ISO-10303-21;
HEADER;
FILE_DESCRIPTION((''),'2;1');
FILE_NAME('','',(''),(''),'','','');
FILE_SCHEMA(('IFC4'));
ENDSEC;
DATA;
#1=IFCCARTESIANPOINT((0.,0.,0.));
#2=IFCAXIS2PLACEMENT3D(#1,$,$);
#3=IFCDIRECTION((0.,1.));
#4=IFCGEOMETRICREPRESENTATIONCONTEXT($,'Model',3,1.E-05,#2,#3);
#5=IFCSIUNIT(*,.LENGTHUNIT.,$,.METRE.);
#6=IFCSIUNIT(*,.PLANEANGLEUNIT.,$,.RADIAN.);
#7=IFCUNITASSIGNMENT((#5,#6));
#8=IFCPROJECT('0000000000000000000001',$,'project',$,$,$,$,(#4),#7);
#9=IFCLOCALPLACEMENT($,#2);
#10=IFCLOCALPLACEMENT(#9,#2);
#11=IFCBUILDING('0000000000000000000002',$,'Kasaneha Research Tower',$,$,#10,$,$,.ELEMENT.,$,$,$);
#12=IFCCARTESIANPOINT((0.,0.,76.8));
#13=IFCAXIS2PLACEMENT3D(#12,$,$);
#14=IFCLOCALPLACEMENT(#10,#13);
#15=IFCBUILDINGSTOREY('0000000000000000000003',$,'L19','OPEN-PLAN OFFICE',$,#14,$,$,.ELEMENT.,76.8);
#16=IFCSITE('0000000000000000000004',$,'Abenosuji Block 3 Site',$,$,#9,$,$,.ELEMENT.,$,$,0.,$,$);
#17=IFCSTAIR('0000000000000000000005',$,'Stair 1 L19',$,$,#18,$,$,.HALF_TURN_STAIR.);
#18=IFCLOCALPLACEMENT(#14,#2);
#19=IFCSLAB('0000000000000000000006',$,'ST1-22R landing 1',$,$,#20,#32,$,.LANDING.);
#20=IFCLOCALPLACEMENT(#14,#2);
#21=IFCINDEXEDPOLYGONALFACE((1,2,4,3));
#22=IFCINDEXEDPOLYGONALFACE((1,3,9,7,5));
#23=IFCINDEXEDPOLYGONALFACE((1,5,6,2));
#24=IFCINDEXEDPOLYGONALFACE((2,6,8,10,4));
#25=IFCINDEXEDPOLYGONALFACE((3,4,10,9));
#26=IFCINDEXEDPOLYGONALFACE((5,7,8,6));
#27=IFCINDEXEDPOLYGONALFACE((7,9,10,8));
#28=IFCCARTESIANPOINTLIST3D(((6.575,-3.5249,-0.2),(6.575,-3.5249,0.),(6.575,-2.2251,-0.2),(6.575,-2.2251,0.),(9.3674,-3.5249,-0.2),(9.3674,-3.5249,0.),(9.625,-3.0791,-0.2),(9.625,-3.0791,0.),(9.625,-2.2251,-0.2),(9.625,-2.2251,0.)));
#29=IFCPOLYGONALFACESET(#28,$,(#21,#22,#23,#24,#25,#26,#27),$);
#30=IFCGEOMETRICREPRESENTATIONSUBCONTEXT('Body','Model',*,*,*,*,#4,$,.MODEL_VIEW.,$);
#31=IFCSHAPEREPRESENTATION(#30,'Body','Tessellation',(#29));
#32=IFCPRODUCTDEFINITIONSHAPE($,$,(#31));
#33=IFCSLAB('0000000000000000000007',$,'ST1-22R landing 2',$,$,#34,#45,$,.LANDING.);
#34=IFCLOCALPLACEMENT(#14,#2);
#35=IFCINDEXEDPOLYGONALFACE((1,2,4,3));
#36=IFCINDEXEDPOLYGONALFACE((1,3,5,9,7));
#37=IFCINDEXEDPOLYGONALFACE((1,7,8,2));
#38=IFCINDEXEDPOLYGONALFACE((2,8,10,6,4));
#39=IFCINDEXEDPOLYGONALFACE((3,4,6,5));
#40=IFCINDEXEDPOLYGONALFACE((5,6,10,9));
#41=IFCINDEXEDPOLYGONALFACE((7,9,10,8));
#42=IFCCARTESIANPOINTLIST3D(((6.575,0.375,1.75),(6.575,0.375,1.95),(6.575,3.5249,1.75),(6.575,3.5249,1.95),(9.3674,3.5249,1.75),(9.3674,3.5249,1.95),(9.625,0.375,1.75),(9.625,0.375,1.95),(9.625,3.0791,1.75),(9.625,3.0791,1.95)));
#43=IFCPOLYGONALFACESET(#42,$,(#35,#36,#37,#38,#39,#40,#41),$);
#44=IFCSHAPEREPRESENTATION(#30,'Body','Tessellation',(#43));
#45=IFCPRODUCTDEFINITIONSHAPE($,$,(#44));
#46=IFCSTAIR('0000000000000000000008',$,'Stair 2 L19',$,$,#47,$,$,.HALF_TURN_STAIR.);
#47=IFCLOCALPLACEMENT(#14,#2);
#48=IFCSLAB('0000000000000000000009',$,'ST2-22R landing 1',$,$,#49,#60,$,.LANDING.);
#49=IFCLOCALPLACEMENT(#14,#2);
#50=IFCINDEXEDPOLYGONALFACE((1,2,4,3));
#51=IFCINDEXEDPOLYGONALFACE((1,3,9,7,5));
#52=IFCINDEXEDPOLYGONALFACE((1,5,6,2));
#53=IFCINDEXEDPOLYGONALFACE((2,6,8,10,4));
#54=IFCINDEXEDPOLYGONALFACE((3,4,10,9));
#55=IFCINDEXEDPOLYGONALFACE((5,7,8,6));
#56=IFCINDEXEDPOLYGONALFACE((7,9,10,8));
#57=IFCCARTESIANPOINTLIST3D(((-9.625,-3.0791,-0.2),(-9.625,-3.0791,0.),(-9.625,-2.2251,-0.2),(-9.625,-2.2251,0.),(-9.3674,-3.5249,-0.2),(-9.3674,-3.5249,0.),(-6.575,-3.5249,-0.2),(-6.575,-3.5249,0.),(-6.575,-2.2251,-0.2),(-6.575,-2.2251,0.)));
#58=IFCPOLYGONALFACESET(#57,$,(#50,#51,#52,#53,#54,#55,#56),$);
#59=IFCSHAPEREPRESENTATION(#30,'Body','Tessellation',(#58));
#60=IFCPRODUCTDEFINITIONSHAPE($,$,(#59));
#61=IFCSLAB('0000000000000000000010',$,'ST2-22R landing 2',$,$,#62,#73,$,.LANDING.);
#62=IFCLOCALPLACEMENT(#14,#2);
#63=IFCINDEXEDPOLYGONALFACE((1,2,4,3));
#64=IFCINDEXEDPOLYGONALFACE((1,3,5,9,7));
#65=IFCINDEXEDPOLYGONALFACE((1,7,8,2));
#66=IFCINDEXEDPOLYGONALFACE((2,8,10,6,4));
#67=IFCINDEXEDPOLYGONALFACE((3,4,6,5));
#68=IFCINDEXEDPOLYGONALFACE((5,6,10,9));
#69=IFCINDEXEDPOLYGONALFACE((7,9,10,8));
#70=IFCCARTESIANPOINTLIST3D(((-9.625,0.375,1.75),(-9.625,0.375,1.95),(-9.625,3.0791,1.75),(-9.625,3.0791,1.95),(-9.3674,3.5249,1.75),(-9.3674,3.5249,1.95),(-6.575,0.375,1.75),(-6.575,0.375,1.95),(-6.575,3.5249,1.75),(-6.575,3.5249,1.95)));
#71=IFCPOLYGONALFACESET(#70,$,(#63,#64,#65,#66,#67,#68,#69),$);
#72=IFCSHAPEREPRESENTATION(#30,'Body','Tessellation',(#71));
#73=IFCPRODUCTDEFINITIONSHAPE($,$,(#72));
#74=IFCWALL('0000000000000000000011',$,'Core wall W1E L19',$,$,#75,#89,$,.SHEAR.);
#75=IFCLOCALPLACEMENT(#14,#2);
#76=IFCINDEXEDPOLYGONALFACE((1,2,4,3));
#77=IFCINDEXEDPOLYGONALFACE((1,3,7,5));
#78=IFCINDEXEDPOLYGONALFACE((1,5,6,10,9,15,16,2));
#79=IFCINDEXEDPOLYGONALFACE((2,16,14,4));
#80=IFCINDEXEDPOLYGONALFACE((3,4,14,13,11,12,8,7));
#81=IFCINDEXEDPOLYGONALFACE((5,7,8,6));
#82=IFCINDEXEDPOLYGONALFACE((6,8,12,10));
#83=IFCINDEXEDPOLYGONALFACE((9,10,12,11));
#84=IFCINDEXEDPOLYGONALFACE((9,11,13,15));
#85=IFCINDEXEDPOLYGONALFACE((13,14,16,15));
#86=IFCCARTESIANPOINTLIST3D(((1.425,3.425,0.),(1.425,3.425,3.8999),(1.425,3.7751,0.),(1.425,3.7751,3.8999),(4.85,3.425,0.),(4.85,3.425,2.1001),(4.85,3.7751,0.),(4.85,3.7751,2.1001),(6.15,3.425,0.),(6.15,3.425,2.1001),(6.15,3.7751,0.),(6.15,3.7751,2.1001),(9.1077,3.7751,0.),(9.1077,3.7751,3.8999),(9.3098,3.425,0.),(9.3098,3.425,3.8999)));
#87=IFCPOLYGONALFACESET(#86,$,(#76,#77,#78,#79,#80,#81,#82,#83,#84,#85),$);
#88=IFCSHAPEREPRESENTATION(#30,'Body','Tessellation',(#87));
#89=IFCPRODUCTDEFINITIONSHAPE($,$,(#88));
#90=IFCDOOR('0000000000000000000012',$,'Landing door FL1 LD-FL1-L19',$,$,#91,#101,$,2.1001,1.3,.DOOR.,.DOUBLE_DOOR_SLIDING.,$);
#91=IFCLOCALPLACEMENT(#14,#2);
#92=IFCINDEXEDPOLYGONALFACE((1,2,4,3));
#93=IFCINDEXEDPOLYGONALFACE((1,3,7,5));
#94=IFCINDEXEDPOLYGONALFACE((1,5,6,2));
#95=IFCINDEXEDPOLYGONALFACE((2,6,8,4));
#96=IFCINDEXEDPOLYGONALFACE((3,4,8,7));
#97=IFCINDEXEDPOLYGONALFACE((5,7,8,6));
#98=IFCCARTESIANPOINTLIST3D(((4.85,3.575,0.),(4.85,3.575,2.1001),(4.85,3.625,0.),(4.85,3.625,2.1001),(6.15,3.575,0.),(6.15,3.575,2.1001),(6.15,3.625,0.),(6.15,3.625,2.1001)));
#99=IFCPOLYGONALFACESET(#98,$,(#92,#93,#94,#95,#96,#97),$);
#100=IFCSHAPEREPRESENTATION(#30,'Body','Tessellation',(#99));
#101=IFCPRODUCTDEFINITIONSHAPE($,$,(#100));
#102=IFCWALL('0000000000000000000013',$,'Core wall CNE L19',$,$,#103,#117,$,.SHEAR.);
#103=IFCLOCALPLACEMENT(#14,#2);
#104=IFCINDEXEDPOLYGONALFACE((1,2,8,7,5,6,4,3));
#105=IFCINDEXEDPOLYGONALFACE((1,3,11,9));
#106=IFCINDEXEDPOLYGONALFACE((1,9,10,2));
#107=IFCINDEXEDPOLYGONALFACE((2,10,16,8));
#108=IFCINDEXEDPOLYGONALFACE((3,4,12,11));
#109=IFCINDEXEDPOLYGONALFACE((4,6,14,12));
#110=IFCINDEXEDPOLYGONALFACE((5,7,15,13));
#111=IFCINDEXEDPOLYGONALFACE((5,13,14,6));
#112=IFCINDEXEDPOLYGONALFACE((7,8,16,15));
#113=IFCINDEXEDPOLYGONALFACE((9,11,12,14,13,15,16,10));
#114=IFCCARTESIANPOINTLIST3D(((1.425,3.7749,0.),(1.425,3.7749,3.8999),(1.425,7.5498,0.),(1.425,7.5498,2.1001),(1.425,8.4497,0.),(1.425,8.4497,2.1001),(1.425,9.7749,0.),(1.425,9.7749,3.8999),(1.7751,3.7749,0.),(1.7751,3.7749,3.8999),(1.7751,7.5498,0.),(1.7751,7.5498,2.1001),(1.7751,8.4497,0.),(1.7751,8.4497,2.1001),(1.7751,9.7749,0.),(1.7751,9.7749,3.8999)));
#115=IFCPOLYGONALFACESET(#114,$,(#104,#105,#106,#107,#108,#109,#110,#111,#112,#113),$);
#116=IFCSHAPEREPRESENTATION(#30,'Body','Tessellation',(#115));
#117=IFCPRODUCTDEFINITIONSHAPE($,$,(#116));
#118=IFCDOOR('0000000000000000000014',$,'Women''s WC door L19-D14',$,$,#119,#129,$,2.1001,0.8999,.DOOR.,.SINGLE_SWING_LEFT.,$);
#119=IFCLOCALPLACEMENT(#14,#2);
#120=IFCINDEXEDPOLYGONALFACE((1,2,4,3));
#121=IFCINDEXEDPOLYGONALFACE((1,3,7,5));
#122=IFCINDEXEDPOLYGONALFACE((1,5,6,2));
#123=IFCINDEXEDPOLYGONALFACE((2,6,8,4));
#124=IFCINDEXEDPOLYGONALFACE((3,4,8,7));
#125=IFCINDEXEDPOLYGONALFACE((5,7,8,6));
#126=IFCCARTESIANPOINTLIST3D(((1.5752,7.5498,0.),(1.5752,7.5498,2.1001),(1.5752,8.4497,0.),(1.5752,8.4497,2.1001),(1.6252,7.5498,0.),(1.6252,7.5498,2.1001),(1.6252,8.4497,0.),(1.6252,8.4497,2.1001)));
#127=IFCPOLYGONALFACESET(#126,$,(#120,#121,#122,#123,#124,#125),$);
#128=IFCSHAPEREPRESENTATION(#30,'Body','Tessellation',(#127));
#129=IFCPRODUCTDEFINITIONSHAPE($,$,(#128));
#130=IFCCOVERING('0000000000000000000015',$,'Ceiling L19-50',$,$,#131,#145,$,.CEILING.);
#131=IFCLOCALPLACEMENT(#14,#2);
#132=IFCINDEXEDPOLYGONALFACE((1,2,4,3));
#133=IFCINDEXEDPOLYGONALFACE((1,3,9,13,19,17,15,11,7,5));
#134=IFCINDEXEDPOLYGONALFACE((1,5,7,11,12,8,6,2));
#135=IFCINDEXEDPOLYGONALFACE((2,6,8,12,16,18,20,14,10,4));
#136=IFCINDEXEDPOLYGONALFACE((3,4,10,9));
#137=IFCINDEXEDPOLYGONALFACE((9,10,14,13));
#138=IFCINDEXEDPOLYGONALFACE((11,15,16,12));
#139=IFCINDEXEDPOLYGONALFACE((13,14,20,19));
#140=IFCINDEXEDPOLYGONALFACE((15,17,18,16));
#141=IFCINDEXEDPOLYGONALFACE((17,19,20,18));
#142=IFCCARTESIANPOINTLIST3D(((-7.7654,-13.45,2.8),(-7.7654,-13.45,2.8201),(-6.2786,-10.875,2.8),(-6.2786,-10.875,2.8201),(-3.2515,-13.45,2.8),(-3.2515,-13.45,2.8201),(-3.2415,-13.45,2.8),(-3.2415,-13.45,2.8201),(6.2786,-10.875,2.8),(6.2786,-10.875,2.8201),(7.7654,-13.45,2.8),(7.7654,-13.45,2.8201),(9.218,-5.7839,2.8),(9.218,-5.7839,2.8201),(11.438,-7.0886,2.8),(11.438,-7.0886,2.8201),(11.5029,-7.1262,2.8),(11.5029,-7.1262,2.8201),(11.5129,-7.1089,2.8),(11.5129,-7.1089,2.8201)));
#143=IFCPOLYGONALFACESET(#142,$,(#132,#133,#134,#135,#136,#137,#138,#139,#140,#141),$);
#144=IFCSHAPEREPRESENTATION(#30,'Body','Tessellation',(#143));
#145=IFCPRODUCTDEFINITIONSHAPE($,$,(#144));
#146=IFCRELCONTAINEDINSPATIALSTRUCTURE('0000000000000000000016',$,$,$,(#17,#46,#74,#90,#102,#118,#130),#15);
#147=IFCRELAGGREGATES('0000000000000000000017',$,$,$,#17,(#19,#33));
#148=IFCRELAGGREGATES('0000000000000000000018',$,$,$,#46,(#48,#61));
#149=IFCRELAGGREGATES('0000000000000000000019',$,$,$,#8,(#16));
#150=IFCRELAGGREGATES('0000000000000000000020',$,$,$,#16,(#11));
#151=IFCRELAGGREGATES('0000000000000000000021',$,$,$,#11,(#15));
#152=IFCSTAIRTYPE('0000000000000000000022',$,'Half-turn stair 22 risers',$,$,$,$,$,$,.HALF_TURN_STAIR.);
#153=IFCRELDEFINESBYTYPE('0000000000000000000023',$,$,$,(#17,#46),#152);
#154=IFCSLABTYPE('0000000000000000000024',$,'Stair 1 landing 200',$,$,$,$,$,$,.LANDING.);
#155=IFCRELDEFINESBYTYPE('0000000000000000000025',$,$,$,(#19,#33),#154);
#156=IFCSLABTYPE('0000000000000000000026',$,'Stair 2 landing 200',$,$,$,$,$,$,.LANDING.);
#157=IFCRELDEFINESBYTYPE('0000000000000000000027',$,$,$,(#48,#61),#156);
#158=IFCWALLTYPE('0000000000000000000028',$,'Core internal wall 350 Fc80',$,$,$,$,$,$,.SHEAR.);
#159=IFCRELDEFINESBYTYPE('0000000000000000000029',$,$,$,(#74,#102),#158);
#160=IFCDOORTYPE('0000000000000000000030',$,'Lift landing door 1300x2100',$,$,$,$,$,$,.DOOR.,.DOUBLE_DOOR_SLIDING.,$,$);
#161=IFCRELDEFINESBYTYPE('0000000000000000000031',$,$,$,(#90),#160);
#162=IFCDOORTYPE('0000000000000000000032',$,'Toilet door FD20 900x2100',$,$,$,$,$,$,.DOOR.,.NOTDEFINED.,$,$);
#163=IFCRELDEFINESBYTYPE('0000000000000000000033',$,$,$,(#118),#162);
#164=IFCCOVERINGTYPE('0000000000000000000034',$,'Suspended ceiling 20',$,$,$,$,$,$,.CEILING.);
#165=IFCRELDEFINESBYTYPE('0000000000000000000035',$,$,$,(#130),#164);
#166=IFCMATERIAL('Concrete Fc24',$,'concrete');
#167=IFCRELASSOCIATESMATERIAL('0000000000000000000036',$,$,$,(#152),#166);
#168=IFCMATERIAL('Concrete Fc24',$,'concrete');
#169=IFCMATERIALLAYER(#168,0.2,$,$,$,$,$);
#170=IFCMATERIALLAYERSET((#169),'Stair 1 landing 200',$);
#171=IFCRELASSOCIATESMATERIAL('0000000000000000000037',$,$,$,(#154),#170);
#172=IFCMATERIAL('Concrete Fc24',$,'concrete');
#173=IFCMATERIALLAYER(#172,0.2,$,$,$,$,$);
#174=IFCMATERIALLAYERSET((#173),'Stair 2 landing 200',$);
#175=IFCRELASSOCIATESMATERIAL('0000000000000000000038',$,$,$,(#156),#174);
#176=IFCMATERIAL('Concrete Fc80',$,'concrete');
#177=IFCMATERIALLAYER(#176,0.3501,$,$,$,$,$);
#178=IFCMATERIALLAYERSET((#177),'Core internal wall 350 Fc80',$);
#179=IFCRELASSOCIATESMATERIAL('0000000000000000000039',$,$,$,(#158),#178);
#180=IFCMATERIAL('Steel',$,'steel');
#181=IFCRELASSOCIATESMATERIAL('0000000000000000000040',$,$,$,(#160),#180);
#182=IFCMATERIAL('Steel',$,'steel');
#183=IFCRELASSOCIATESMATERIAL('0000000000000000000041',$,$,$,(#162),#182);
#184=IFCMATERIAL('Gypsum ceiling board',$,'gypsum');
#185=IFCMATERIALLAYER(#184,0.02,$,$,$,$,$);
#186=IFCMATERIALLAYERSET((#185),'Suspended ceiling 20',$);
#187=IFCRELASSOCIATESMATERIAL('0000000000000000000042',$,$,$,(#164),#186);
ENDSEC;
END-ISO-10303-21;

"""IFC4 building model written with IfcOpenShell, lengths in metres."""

from ifc_helpers import new_model, si_unit, direction, frame, frame_2d, origin, place, context, subcontext, project, spatial, polyline, rectangle, outline, extrude, material, layer, layer_set, type_object, element, fill, aggregate, save


model = new_model("IFC4")

# Units and contexts
model_context = context("Model", 3, precision=1e-05, world=origin(), true_north=direction((0.0, 1.0)))
body_context = subcontext(model_context, "Body", "Model", "MODEL_VIEW")
ifc_project = project(units=[si_unit("LENGTHUNIT", "METRE"), si_unit("PLANEANGLEUNIT", "RADIAN")], contexts=[model_context])

# Site, building, storey
site_placement = place(None, origin())
site = spatial("IfcSite", under=ifc_project, at=site_placement, Name="Abenosuji Block 3 Site", CompositionType="ELEMENT", RefElevation=0.0)
building_placement = place(site_placement, origin())
building = spatial("IfcBuilding", under=site, at=building_placement, Name="Kasaneha Research Tower", CompositionType="ELEMENT")
storey_placement = place(building_placement, frame((0.0, 0.0, 76.8)))
storey = spatial("IfcBuildingStorey", under=building, at=storey_placement, Name="L19", Description="OPEN-PLAN OFFICE", CompositionType="ELEMENT", Elevation=76.8)

# Stairs, slabs
ifc_material_1 = material(Name="Concrete Fc24", Category="concrete")
stair_type = type_object("IfcStairType", Name="Half-turn stair 22 risers", PredefinedType="HALF_TURN_STAIR", material=ifc_material_1)
stair_1_placement = place(storey_placement, origin())
stair_1 = element("IfcStair", 1, at=stair_1_placement, inside=storey, type_object=stair_type, Name="Stair 1 L19", PredefinedType="HALF_TURN_STAIR")
ifc_material_2 = material(Name="Concrete Fc24", Category="concrete")
ifc_layer_1 = layer(ifc_material_2, 0.2)
ifc_layer_set_1 = layer_set([ifc_layer_1], Name="Stair 1 landing 200")
slab_type_1 = type_object("IfcSlabType", Name="Stair 1 landing 200", PredefinedType="LANDING", material=ifc_layer_set_1)
slab_1_placement = place(storey_placement, frame((0.0, 0.0, -0.2)))
slab_1 = element("IfcSlab", 2, at=slab_1_placement, type_object=slab_type_1, Name="ST1-22R landing 1", PredefinedType="LANDING", context=body_context, shape_type="SweptSolid", body=[
    extrude(outline(polyline([(9.3674, -3.5249), (6.575, -3.5249), (6.575, -2.2251), (9.625, -2.2251), (9.625, -3.0791), (9.3674, -3.5249)])), origin(), (0.0, 0.0, 1.0), 0.2),
])
slab_2_placement = place(storey_placement, frame((0.0, 0.0, 1.75)))
slab_2 = element("IfcSlab", 3, at=slab_2_placement, type_object=slab_type_1, Name="ST1-22R landing 2", PredefinedType="LANDING", context=body_context, shape_type="SweptSolid", body=[
    extrude(outline(polyline([(6.575, 3.5249), (9.3674, 3.5249), (9.625, 3.0791), (9.625, 0.375), (6.575, 0.375), (6.575, 3.5249)])), origin(), (0.0, 0.0, 1.0), 0.2),
])
aggregate(stair_1, [slab_1, slab_2])
stair_2_placement = place(storey_placement, origin())
stair_2 = element("IfcStair", 4, at=stair_2_placement, inside=storey, type_object=stair_type, Name="Stair 2 L19", PredefinedType="HALF_TURN_STAIR")
ifc_material_3 = material(Name="Concrete Fc24", Category="concrete")
ifc_layer_2 = layer(ifc_material_3, 0.2)
ifc_layer_set_2 = layer_set([ifc_layer_2], Name="Stair 2 landing 200")
slab_type_2 = type_object("IfcSlabType", Name="Stair 2 landing 200", PredefinedType="LANDING", material=ifc_layer_set_2)
slab_3_placement = place(storey_placement, frame((0.0, 0.0, -0.2)))
slab_3 = element("IfcSlab", 5, at=slab_3_placement, type_object=slab_type_2, Name="ST2-22R landing 1", PredefinedType="LANDING", context=body_context, shape_type="SweptSolid", body=[
    extrude(outline(polyline([(-6.575, -3.5249), (-9.3674, -3.5249), (-9.625, -3.0791), (-9.625, -2.2251), (-6.575, -2.2251), (-6.575, -3.5249)])), origin(), (0.0, 0.0, 1.0), 0.2),
])
slab_4_placement = place(storey_placement, frame((0.0, 0.0, 1.75)))
slab_4 = element("IfcSlab", 6, at=slab_4_placement, type_object=slab_type_2, Name="ST2-22R landing 2", PredefinedType="LANDING", context=body_context, shape_type="SweptSolid", body=[
    extrude(outline(polyline([(-6.575, 0.375), (-9.625, 0.375), (-9.625, 3.0791), (-9.3674, 3.5249), (-6.575, 3.5249), (-6.575, 0.375)])), origin(), (0.0, 0.0, 1.0), 0.2),
])
aggregate(stair_2, [slab_3, slab_4])

# Walls, openings, doors
ifc_material_4 = material(Name="Concrete Fc80", Category="concrete")
ifc_layer_3 = layer(ifc_material_4, 0.3501)
ifc_layer_set_3 = layer_set([ifc_layer_3], Name="Core internal wall 350 Fc80")
wall_type = type_object("IfcWallType", Name="Core internal wall 350 Fc80", PredefinedType="SHEAR", material=ifc_layer_set_3)
wall_1_placement = place(storey_placement, frame((1.425, 3.6001, 0.0), z_axis=(0.0, 0.0, 1.0), x_axis=(1.0, 0.0, 0.0)))
wall_1 = element("IfcWall", 7, at=wall_1_placement, inside=storey, type_object=wall_type, Name="Core wall W1E L19", PredefinedType="SHEAR", context=body_context, shape_type="SweptSolid", body=[
    extrude(outline(polyline([(0.0, -0.175), (3.425, -0.175), (4.7251, -0.175), (7.8848, -0.175), (7.6826, 0.175), (4.7251, 0.175), (3.425, 0.175), (0.0, 0.175), (0.0, -0.175)])), origin(), (0.0, 0.0, 1.0), 3.8999),
])
opening_1_placement = place(wall_1_placement, frame((3.425, 0.0, 0.0)))
opening_1 = element("IfcOpeningElement", 8, at=opening_1_placement, cuts=wall_1, PredefinedType="OPENING", context=body_context, shape_type="SweptSolid", body=[
    extrude(rectangle(XDim=1.3, YDim=2.1001, at=frame_2d((0.6499, 1.05))), frame((0.0, 0.1851, 0.0), z_axis=(0.0, -1.0, 0.0), x_axis=(1.0, 0.0, 0.0)), (0.0, 0.0, 1.0), 0.3701),
])
ifc_material_5 = material(Name="Steel", Category="steel")
door_type_1 = type_object("IfcDoorType", Name="Lift landing door 1300x2100", OperationType="DOUBLE_DOOR_SLIDING", PredefinedType="DOOR", material=ifc_material_5)
door_1_placement = place(opening_1_placement, origin())
door_1 = element("IfcDoor", 9, at=door_1_placement, inside=storey, type_object=door_type_1, Name="Landing door FL1 LD-FL1-L19", OperationType="DOUBLE_DOOR_SLIDING", OverallHeight=2.1001, OverallWidth=1.3, PredefinedType="DOOR", context=body_context, shape_type="SweptSolid", body=[
    extrude(rectangle(XDim=1.3, YDim=2.1001, at=frame_2d((0.6499, 1.05))), frame((0.0, 0.0249, 0.0), z_axis=(0.0, -1.0, 0.0), x_axis=(1.0, 0.0, 0.0)), (0.0, 0.0, 1.0), 0.05),
])
fill(opening_1, door_1)
wall_2_placement = place(storey_placement, frame((1.6001, 3.7749, 0.0), z_axis=(0.0, 0.0, 1.0), x_axis=(0.0, 1.0, 0.0)))
wall_2 = element("IfcWall", 10, at=wall_2_placement, inside=storey, type_object=wall_type, Name="Core wall CNE L19", PredefinedType="SHEAR", context=body_context, shape_type="SweptSolid", body=[
    extrude(rectangle(XDim=6.0, YDim=0.3501, at=frame_2d((3.0, 0.0))), origin(), (0.0, 0.0, 1.0), 3.8999),
])
opening_2_placement = place(wall_2_placement, frame((3.7749, 0.0, 0.0)))
opening_2 = element("IfcOpeningElement", 11, at=opening_2_placement, cuts=wall_2, PredefinedType="OPENING", context=body_context, shape_type="SweptSolid", body=[
    extrude(rectangle(XDim=0.8999, YDim=2.1001, at=frame_2d((0.45, 1.05))), frame((0.0, 0.1851, 0.0), z_axis=(0.0, -1.0, 0.0), x_axis=(1.0, 0.0, 0.0)), (0.0, 0.0, 1.0), 0.3701),
])
ifc_material_6 = material(Name="Steel", Category="steel")
door_type_2 = type_object("IfcDoorType", Name="Toilet door FD20 900x2100", OperationType="NOTDEFINED", PredefinedType="DOOR", material=ifc_material_6)
door_2_placement = place(opening_2_placement, origin())
door_2 = element("IfcDoor", 12, at=door_2_placement, inside=storey, type_object=door_type_2, Name="Women's WC door L19-D14", OperationType="SINGLE_SWING_LEFT", OverallHeight=2.1001, OverallWidth=0.8999, PredefinedType="DOOR", context=body_context, shape_type="SweptSolid", body=[
    extrude(rectangle(XDim=0.8999, YDim=2.1001, at=frame_2d((0.45, 1.05))), frame((0.0, 0.0249, 0.0), z_axis=(0.0, -1.0, 0.0), x_axis=(1.0, 0.0, 0.0)), (0.0, 0.0, 1.0), 0.05),
])
fill(opening_2, door_2)

# Covering
ifc_material_7 = material(Name="Gypsum ceiling board", Category="gypsum")
ifc_layer_4 = layer(ifc_material_7, 0.02)
ifc_layer_set_4 = layer_set([ifc_layer_4], Name="Suspended ceiling 20")
covering_type_1 = type_object("IfcCoveringType", Name="Suspended ceiling 20", PredefinedType="CEILING", material=ifc_layer_set_4)
covering_1_placement = place(storey_placement, frame((0.0, 0.0, 2.8)))
element("IfcCovering", 13, at=covering_1_placement, inside=storey, type_object=covering_type_1, Name="Ceiling L19-50", PredefinedType="CEILING", context=body_context, shape_type="SweptSolid", body=[
    extrude(outline(polyline([(-6.2786, -10.875), (6.2786, -10.875), (9.218, -5.7839), (11.5129, -7.1089), (11.5029, -7.1262), (11.438, -7.0886), (7.7654, -13.45), (-3.2415, -13.45), (-3.2515, -13.45), (-7.7654, -13.45), (-7.7654, -13.45), (-6.2786, -10.875)])), origin(), (0.0, 0.0, 1.0), 0.02),
])

save(model, "model.ifc")
